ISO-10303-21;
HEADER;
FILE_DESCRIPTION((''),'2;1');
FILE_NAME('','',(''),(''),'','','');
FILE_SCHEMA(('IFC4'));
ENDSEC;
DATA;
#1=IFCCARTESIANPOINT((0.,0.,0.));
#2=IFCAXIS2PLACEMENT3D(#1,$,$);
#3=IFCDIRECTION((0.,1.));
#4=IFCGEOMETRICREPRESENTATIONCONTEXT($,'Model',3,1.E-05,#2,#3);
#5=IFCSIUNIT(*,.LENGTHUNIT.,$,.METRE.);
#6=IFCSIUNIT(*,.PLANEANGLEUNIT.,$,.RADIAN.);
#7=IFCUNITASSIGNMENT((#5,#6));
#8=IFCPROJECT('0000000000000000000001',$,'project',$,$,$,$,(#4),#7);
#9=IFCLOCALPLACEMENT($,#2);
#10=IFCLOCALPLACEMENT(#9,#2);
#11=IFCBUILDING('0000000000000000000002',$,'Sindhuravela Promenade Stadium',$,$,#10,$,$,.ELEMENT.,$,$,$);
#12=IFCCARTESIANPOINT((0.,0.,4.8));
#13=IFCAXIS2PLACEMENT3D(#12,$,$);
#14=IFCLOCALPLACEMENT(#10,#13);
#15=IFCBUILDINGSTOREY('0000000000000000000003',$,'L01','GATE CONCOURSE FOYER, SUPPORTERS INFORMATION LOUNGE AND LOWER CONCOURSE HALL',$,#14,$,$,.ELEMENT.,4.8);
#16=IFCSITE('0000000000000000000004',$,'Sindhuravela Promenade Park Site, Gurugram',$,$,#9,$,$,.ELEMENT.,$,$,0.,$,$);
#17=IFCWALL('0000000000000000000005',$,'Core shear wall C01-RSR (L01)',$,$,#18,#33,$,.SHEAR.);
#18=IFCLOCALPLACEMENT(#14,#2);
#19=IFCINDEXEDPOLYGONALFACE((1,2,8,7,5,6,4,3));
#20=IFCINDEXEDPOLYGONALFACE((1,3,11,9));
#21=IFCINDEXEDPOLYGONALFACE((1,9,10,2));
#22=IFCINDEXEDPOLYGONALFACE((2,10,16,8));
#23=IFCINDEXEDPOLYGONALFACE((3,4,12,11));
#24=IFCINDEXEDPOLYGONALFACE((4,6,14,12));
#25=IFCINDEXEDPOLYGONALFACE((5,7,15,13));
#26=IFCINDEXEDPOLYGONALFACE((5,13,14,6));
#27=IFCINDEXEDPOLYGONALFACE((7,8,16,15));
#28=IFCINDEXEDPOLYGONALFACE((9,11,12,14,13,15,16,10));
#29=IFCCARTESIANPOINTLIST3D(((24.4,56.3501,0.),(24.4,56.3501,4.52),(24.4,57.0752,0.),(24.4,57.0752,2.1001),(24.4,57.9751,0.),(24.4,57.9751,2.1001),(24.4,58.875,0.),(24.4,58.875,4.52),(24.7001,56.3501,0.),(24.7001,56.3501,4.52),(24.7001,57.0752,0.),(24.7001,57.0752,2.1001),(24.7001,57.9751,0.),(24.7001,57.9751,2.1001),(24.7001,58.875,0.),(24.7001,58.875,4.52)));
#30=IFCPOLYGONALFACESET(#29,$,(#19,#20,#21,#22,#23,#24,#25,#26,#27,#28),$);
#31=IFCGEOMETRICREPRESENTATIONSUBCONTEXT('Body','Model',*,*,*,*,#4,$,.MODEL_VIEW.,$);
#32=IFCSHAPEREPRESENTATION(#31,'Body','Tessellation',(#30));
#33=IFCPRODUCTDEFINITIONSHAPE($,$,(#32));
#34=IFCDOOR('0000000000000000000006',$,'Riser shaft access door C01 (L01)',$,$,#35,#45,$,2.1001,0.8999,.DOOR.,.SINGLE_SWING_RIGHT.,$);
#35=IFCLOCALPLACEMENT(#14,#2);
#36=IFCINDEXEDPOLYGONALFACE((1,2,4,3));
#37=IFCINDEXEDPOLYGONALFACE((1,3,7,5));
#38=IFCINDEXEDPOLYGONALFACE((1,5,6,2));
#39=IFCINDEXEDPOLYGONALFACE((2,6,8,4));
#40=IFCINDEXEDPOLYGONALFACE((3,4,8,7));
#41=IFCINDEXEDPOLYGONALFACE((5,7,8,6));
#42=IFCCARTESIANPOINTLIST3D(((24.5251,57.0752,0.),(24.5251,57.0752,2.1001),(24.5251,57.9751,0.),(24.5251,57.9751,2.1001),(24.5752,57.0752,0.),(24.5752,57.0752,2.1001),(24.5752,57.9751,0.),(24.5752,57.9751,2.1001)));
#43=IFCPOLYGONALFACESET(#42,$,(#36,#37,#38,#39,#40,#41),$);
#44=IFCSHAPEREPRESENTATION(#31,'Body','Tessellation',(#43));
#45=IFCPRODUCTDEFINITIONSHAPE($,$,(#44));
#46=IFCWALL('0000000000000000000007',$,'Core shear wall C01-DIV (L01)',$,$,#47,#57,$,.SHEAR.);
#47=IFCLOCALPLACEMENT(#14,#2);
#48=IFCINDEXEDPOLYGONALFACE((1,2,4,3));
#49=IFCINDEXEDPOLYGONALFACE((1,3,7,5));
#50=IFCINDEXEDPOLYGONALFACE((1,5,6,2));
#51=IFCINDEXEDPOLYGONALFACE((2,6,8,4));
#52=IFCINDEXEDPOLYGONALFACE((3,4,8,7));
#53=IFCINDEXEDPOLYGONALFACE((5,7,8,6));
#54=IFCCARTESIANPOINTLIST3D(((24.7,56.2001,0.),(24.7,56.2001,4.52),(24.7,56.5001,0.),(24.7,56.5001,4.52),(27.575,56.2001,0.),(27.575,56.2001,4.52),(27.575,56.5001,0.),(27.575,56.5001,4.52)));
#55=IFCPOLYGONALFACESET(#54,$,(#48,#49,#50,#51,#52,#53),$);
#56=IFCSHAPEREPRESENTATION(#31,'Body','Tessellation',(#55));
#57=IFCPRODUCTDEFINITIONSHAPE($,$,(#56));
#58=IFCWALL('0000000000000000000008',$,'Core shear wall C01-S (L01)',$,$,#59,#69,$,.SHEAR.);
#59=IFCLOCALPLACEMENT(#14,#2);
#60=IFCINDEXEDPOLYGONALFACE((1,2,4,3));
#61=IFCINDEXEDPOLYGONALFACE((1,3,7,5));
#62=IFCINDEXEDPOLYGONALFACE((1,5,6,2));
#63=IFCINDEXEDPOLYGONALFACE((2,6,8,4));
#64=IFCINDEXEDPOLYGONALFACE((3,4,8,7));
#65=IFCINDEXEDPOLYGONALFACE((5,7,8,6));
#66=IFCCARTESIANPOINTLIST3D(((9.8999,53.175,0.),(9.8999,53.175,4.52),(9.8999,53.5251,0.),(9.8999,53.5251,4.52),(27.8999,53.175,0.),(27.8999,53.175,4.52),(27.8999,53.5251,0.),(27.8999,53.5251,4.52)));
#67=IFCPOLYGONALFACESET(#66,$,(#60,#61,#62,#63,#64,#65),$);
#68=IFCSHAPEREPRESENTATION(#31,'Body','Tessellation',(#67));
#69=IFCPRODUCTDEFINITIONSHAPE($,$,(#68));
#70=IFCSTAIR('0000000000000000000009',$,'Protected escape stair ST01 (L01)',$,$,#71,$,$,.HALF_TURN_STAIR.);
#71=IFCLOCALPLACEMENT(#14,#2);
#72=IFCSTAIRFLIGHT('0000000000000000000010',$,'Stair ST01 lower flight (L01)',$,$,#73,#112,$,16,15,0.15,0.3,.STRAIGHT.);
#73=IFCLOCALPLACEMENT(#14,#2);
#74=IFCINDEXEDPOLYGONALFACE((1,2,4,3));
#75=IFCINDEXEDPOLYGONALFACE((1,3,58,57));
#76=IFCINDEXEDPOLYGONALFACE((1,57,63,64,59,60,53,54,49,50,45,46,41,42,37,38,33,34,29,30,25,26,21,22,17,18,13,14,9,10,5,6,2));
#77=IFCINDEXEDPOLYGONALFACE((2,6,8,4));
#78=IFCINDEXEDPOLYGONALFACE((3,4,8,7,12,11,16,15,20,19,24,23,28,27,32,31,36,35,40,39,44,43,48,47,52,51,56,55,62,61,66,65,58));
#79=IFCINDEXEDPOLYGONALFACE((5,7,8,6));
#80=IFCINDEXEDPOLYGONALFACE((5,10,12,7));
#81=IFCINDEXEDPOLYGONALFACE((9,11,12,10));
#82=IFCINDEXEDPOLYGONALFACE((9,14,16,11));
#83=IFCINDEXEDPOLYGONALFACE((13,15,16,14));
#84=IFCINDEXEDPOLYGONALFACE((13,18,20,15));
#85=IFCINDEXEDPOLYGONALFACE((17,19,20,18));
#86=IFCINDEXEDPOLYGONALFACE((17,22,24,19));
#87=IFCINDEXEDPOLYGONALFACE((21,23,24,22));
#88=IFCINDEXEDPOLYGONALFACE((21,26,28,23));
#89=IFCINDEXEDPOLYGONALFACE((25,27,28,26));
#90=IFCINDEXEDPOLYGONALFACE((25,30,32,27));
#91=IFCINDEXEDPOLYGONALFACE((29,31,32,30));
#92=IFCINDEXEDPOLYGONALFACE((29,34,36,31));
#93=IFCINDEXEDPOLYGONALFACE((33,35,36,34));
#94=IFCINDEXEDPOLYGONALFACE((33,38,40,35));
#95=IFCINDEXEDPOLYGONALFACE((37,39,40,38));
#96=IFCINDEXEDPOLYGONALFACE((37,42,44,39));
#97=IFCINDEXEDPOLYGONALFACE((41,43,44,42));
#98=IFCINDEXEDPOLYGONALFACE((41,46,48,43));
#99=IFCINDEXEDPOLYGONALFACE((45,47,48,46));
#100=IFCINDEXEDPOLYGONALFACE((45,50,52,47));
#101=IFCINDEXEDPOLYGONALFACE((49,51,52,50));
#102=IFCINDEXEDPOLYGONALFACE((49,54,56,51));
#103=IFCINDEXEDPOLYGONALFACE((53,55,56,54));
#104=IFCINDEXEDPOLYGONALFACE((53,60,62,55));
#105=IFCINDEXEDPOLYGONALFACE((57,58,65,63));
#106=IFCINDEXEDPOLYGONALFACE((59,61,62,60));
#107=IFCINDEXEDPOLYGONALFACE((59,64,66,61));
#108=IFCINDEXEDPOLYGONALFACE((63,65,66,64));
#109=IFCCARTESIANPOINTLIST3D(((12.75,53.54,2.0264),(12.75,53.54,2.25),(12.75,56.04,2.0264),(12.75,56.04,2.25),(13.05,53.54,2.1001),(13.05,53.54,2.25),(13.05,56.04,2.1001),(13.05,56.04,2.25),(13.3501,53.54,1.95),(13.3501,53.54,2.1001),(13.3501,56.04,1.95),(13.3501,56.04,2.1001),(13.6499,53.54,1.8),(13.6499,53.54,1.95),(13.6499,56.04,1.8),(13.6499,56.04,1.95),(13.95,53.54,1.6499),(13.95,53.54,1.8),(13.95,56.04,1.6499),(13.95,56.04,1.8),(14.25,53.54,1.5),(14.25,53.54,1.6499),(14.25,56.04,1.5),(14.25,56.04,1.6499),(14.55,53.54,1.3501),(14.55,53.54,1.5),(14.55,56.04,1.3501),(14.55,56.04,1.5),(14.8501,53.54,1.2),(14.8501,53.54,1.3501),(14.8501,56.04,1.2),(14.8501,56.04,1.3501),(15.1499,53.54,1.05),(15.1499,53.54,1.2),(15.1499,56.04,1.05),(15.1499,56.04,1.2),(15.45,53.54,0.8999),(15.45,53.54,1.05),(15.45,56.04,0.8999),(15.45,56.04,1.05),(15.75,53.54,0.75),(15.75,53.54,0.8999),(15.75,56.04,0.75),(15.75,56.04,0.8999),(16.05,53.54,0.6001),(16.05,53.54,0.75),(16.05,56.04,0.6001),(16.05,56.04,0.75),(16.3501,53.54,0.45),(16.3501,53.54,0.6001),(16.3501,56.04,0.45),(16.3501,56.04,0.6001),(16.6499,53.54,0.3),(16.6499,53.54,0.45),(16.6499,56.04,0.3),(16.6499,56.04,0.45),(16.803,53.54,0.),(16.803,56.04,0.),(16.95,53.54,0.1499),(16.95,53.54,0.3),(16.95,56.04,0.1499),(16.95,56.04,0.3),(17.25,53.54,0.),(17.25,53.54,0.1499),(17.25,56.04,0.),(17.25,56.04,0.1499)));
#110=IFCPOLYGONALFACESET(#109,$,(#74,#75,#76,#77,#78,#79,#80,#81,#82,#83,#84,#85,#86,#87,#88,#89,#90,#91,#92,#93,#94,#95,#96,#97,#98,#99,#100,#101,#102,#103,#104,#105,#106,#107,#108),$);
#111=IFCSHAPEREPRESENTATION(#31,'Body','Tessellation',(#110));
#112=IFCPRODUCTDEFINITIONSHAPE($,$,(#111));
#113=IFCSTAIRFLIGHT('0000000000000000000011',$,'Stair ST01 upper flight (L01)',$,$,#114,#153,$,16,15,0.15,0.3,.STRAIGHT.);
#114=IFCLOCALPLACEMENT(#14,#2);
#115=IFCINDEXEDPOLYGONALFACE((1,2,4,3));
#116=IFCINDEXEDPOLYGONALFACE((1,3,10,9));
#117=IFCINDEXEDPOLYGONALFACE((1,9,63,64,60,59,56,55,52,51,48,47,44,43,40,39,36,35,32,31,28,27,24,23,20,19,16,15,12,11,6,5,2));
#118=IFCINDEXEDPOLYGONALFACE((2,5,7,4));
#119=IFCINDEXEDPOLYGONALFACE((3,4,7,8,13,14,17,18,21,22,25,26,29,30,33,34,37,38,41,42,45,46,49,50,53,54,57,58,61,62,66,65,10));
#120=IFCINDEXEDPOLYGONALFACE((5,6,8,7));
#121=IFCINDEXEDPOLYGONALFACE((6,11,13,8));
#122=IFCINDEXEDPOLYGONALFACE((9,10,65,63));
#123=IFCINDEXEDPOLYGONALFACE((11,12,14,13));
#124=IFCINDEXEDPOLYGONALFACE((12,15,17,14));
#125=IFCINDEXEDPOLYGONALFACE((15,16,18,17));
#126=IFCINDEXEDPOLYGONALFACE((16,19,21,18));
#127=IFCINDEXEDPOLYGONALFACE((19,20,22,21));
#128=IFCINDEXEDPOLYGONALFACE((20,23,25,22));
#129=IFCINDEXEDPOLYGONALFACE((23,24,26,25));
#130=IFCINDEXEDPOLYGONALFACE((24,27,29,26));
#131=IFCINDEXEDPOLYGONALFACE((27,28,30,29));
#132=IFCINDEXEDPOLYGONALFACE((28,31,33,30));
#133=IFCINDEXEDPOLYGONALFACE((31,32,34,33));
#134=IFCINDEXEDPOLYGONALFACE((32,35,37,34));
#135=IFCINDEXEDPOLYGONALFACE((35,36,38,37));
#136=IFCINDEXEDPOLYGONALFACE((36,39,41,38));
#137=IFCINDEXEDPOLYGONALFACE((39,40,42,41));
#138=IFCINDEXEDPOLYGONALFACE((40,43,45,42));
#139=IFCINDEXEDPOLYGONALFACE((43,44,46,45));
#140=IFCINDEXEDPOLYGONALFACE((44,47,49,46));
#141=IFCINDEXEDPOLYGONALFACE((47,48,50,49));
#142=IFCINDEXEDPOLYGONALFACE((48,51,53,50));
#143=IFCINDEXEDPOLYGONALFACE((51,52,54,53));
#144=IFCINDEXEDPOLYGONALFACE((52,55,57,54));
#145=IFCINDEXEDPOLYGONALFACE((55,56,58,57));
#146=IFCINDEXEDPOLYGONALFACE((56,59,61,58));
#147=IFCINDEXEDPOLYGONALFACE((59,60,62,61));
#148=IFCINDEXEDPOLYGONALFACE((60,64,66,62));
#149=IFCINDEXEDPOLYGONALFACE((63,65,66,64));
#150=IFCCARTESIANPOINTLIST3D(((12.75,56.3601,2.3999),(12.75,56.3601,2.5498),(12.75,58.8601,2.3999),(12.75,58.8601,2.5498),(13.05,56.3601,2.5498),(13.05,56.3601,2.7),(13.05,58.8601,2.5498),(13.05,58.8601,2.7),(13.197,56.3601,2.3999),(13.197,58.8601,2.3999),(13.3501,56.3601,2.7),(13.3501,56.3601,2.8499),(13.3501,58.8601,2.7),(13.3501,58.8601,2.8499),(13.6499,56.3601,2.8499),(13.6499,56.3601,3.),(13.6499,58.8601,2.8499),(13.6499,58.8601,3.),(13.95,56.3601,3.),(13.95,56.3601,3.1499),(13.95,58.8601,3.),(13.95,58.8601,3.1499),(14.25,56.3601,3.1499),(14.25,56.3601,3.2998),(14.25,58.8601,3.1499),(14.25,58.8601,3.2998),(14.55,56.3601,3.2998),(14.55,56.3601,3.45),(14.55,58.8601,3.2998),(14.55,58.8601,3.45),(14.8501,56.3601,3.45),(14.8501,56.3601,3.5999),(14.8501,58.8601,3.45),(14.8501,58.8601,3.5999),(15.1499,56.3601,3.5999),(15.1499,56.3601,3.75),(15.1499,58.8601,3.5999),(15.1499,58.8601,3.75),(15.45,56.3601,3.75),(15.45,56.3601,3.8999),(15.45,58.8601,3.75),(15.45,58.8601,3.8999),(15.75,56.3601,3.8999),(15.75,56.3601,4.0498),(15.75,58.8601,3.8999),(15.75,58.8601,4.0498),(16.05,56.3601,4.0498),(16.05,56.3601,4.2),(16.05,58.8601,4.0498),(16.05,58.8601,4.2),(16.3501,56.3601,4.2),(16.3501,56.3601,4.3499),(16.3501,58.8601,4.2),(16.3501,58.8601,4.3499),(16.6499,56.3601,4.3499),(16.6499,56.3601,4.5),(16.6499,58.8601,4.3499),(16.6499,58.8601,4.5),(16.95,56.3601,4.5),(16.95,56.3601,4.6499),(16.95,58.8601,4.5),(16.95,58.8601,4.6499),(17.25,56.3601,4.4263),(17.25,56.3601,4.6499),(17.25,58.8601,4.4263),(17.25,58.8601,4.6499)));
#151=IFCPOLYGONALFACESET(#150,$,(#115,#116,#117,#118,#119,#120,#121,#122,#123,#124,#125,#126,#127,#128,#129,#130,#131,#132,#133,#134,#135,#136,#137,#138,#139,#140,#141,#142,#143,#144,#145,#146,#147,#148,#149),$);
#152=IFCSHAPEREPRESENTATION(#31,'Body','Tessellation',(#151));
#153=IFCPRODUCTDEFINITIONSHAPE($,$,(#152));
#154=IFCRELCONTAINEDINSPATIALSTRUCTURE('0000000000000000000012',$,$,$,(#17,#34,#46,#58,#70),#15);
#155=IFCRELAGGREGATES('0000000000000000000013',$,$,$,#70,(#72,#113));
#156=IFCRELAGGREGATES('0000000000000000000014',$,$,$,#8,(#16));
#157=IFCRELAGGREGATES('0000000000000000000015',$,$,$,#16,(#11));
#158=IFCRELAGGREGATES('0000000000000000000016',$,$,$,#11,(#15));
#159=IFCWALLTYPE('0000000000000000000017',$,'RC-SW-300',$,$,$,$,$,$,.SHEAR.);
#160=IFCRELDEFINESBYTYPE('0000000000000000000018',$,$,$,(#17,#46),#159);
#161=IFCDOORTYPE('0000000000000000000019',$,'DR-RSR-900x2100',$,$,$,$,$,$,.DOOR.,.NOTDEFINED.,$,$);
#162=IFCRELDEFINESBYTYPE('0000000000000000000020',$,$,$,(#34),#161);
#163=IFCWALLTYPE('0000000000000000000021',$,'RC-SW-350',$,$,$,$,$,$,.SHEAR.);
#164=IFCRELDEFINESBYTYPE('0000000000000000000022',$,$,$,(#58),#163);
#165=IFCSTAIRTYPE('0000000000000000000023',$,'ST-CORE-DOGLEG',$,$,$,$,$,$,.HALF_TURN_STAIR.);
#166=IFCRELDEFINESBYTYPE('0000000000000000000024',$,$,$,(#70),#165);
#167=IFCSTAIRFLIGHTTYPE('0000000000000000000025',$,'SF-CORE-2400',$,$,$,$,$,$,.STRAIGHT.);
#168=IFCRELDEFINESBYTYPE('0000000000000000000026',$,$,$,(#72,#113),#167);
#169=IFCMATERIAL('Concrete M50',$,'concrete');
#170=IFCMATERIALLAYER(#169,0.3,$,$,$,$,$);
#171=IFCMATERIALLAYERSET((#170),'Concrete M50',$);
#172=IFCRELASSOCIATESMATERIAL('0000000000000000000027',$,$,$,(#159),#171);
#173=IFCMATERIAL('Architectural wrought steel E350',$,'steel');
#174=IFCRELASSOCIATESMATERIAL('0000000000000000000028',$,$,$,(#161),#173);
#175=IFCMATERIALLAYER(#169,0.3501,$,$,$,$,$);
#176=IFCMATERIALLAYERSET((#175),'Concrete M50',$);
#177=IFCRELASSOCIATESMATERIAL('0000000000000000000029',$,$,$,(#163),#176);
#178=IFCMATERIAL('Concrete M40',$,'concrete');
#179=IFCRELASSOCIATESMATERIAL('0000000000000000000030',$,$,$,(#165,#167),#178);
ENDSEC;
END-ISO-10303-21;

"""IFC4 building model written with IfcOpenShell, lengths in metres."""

from ifc_helpers import new_model, si_unit, direction, frame, frame_2d, origin, place, context, subcontext, project, spatial, polyline, rectangle, outline, extrude, material, layer, layer_set, type_object, element, fill, aggregate, save


model = new_model("IFC4")

# Units and contexts
model_context = context("Model", 3, precision=1e-05, world=origin(), true_north=direction((0.0, 1.0)))
body_context = subcontext(model_context, "Body", "Model", "MODEL_VIEW")
ifc_project = project(units=[si_unit("LENGTHUNIT", "METRE"), si_unit("PLANEANGLEUNIT", "RADIAN")], contexts=[model_context])

# Site, building, storey
site_placement = place(None, origin())
site = spatial("IfcSite", under=ifc_project, at=site_placement, Name="Sindhuravela Promenade Park Site, Gurugram", CompositionType="ELEMENT", RefElevation=0.0)
building_placement = place(site_placement, origin())
building = spatial("IfcBuilding", under=site, at=building_placement, Name="Sindhuravela Promenade Stadium", CompositionType="ELEMENT")
storey_placement = place(building_placement, frame((0.0, 0.0, 4.8)))
storey = spatial("IfcBuildingStorey", under=building, at=storey_placement, Name="L01", Description="GATE CONCOURSE FOYER, SUPPORTERS INFORMATION LOUNGE AND LOWER CONCOURSE HALL", CompositionType="ELEMENT", Elevation=4.8)

# Shared definitions
ifc_material_1 = material(Name="Concrete M50", Category="concrete")

# Shared definitions
ifc_material_2 = material(Name="Concrete M40", Category="concrete")

# Wall, opening, door
ifc_layer_1 = layer(ifc_material_1, 0.3)
ifc_layer_set_1 = layer_set([ifc_layer_1], Name="Concrete M50")
wall_type_1 = type_object("IfcWallType", Name="RC-SW-300", PredefinedType="SHEAR", material=ifc_layer_set_1)
ifc_material_3 = material(Name="Architectural wrought steel E350", Category="steel")
wall_1_placement = place(storey_placement, frame((24.55, 56.3501, 0.0), z_axis=(0.0, 0.0, 1.0), x_axis=(0.0, 1.0, 0.0)))
wall_1 = element("IfcWall", 1, at=wall_1_placement, inside=storey, type_object=wall_type_1, Name="Core shear wall C01-RSR (L01)", PredefinedType="SHEAR", context=body_context, shape_type="SweptSolid", body=[
    extrude(rectangle(XDim=2.5249, YDim=0.3, at=frame_2d((1.2625, 0.0))), origin(), (0.0, 0.0, 1.0), 4.52),
])
opening_1_placement = place(wall_1_placement, frame((0.7251, 0.0, 0.0)))
opening_1 = element("IfcOpeningElement", 2, at=opening_1_placement, cuts=wall_1, PredefinedType="OPENING", context=body_context, shape_type="SweptSolid", body=[
    extrude(rectangle(XDim=0.8999, YDim=2.1001, at=frame_2d((0.45, 1.05))), frame((0.0, 0.1599, 0.0), z_axis=(0.0, -1.0, 0.0), x_axis=(1.0, 0.0, 0.0)), (0.0, 0.0, 1.0), 0.3201),
])
door_type_1 = type_object("IfcDoorType", Name="DR-RSR-900x2100", OperationType="NOTDEFINED", PredefinedType="DOOR", material=ifc_material_3)
door_1_placement = place(opening_1_placement, origin())
door_1 = element("IfcDoor", 3, at=door_1_placement, inside=storey, type_object=door_type_1, Name="Riser shaft access door C01 (L01)", OperationType="SINGLE_SWING_RIGHT", OverallHeight=2.1001, OverallWidth=0.8999, PredefinedType="DOOR", context=body_context, shape_type="SweptSolid", body=[
    extrude(rectangle(XDim=0.8999, YDim=2.1001, at=frame_2d((0.45, 1.05))), frame((0.0, 0.0249, 0.0), z_axis=(0.0, -1.0, 0.0), x_axis=(1.0, 0.0, 0.0)), (0.0, 0.0, 1.0), 0.05),
])
fill(opening_1, door_1)

# Walls
wall_2_placement = place(storey_placement, frame((24.7, 56.3501, 0.0), z_axis=(0.0, 0.0, 1.0), x_axis=(1.0, 0.0, 0.0)))
element("IfcWall", 4, at=wall_2_placement, inside=storey, type_object=wall_type_1, Name="Core shear wall C01-DIV (L01)", PredefinedType="SHEAR", context=body_context, shape_type="SweptSolid", body=[
    extrude(rectangle(XDim=2.875, YDim=0.3, at=frame_2d((1.4375, 0.0))), origin(), (0.0, 0.0, 1.0), 4.52),
])
ifc_layer_2 = layer(ifc_material_1, 0.3501)
ifc_layer_set_2 = layer_set([ifc_layer_2], Name="Concrete M50")
wall_type_2 = type_object("IfcWallType", Name="RC-SW-350", PredefinedType="SHEAR", material=ifc_layer_set_2)
wall_3_placement = place(storey_placement, frame((9.8999, 53.3501, 0.0), z_axis=(0.0, 0.0, 1.0), x_axis=(1.0, 0.0, 0.0)))
element("IfcWall", 5, at=wall_3_placement, inside=storey, type_object=wall_type_2, Name="Core shear wall C01-S (L01)", PredefinedType="SHEAR", context=body_context, shape_type="SweptSolid", body=[
    extrude(rectangle(XDim=18.0, YDim=0.3501, at=frame_2d((9.0, 0.0))), origin(), (0.0, 0.0, 1.0), 4.52),
])

# Stair, stair flights
stair_type = type_object("IfcStairType", Name="ST-CORE-DOGLEG", PredefinedType="HALF_TURN_STAIR", material=ifc_material_2)
stair_placement = place(storey_placement, origin())
stair = element("IfcStair", 6, at=stair_placement, inside=storey, type_object=stair_type, Name="Protected escape stair ST01 (L01)", PredefinedType="HALF_TURN_STAIR")
stair_flight_type = type_object("IfcStairFlightType", Name="SF-CORE-2400", PredefinedType="STRAIGHT", material=ifc_material_2)
stair_flight_1_placement = place(storey_placement, frame((17.25, 54.79, 0.0), z_axis=(0.0, 0.0, 1.0), x_axis=(-1.0, 0.0, 0.0)))
stair_flight_1 = element("IfcStairFlight", 7, at=stair_flight_1_placement, type_object=stair_flight_type, Name="Stair ST01 lower flight (L01)", NumberOfRisers=16, NumberOfTreads=15, PredefinedType="STRAIGHT", RiserHeight=0.15, TreadLength=0.3, context=body_context, shape_type="SweptSolid", body=[
    extrude(outline(polyline([(0.0, 0.0), (0.0, 0.1499), (0.3, 0.1499), (0.3, 0.3), (0.6001, 0.3), (0.6001, 0.45), (0.8999, 0.45), (0.8999, 0.6001), (1.2, 0.6001), (1.2, 0.75), (1.5, 0.75), (1.5, 0.8999), (1.8, 0.8999), (1.8, 1.05), (2.1001, 1.05), (2.1001, 1.2), (2.3999, 1.2), (2.3999, 1.3501), (2.7, 1.3501), (2.7, 1.5), (3.0, 1.5), (3.0, 1.6499), (3.3, 1.6499), (3.3, 1.8), (3.6001, 1.8), (3.6001, 1.95), (3.8999, 1.95), (3.8999, 2.1001), (4.2, 2.1001), (4.2, 2.25), (4.5, 2.25), (4.5, 2.3999), (4.5, 2.0264), (0.447, 0.0), (0.0, 0.0)])), frame((0.0, 1.25, 0.0), z_axis=(0.0, -1.0, 0.0), x_axis=(1.0, 0.0, 0.0)), (0.0, 0.0, 1.0), 2.5),
])
stair_flight_2_placement = place(storey_placement, frame((12.75, 57.6101, 2.3999), z_axis=(0.0, 0.0, 1.0), x_axis=(1.0, 0.0, 0.0)))
stair_flight_2 = element("IfcStairFlight", 8, at=stair_flight_2_placement, type_object=stair_flight_type, Name="Stair ST01 upper flight (L01)", NumberOfRisers=16, NumberOfTreads=15, PredefinedType="STRAIGHT", RiserHeight=0.15, TreadLength=0.3, context=body_context, shape_type="SweptSolid", body=[
    extrude(outline(polyline([(0.0, 0.0), (0.0, 0.1499), (0.3, 0.1499), (0.3, 0.3), (0.6001, 0.3), (0.6001, 0.45), (0.8999, 0.45), (0.8999, 0.6001), (1.2, 0.6001), (1.2, 0.75), (1.5, 0.75), (1.5, 0.8999), (1.8, 0.8999), (1.8, 1.05), (2.1001, 1.05), (2.1001, 1.2), (2.3999, 1.2), (2.3999, 1.3501), (2.7, 1.3501), (2.7, 1.5), (3.0, 1.5), (3.0, 1.6499), (3.3, 1.6499), (3.3, 1.8), (3.6001, 1.8), (3.6001, 1.95), (3.8999, 1.95), (3.8999, 2.1001), (4.2, 2.1001), (4.2, 2.25), (4.5, 2.25), (4.5, 2.3999), (4.5, 2.0264), (0.447, 0.0), (0.0, 0.0)])), frame((0.0, 1.25, 0.0), z_axis=(0.0, -1.0, 0.0), x_axis=(1.0, 0.0, 0.0)), (0.0, 0.0, 1.0), 2.5),
])
aggregate(stair, [stair_flight_1, stair_flight_2])

save(model, "model.ifc")
